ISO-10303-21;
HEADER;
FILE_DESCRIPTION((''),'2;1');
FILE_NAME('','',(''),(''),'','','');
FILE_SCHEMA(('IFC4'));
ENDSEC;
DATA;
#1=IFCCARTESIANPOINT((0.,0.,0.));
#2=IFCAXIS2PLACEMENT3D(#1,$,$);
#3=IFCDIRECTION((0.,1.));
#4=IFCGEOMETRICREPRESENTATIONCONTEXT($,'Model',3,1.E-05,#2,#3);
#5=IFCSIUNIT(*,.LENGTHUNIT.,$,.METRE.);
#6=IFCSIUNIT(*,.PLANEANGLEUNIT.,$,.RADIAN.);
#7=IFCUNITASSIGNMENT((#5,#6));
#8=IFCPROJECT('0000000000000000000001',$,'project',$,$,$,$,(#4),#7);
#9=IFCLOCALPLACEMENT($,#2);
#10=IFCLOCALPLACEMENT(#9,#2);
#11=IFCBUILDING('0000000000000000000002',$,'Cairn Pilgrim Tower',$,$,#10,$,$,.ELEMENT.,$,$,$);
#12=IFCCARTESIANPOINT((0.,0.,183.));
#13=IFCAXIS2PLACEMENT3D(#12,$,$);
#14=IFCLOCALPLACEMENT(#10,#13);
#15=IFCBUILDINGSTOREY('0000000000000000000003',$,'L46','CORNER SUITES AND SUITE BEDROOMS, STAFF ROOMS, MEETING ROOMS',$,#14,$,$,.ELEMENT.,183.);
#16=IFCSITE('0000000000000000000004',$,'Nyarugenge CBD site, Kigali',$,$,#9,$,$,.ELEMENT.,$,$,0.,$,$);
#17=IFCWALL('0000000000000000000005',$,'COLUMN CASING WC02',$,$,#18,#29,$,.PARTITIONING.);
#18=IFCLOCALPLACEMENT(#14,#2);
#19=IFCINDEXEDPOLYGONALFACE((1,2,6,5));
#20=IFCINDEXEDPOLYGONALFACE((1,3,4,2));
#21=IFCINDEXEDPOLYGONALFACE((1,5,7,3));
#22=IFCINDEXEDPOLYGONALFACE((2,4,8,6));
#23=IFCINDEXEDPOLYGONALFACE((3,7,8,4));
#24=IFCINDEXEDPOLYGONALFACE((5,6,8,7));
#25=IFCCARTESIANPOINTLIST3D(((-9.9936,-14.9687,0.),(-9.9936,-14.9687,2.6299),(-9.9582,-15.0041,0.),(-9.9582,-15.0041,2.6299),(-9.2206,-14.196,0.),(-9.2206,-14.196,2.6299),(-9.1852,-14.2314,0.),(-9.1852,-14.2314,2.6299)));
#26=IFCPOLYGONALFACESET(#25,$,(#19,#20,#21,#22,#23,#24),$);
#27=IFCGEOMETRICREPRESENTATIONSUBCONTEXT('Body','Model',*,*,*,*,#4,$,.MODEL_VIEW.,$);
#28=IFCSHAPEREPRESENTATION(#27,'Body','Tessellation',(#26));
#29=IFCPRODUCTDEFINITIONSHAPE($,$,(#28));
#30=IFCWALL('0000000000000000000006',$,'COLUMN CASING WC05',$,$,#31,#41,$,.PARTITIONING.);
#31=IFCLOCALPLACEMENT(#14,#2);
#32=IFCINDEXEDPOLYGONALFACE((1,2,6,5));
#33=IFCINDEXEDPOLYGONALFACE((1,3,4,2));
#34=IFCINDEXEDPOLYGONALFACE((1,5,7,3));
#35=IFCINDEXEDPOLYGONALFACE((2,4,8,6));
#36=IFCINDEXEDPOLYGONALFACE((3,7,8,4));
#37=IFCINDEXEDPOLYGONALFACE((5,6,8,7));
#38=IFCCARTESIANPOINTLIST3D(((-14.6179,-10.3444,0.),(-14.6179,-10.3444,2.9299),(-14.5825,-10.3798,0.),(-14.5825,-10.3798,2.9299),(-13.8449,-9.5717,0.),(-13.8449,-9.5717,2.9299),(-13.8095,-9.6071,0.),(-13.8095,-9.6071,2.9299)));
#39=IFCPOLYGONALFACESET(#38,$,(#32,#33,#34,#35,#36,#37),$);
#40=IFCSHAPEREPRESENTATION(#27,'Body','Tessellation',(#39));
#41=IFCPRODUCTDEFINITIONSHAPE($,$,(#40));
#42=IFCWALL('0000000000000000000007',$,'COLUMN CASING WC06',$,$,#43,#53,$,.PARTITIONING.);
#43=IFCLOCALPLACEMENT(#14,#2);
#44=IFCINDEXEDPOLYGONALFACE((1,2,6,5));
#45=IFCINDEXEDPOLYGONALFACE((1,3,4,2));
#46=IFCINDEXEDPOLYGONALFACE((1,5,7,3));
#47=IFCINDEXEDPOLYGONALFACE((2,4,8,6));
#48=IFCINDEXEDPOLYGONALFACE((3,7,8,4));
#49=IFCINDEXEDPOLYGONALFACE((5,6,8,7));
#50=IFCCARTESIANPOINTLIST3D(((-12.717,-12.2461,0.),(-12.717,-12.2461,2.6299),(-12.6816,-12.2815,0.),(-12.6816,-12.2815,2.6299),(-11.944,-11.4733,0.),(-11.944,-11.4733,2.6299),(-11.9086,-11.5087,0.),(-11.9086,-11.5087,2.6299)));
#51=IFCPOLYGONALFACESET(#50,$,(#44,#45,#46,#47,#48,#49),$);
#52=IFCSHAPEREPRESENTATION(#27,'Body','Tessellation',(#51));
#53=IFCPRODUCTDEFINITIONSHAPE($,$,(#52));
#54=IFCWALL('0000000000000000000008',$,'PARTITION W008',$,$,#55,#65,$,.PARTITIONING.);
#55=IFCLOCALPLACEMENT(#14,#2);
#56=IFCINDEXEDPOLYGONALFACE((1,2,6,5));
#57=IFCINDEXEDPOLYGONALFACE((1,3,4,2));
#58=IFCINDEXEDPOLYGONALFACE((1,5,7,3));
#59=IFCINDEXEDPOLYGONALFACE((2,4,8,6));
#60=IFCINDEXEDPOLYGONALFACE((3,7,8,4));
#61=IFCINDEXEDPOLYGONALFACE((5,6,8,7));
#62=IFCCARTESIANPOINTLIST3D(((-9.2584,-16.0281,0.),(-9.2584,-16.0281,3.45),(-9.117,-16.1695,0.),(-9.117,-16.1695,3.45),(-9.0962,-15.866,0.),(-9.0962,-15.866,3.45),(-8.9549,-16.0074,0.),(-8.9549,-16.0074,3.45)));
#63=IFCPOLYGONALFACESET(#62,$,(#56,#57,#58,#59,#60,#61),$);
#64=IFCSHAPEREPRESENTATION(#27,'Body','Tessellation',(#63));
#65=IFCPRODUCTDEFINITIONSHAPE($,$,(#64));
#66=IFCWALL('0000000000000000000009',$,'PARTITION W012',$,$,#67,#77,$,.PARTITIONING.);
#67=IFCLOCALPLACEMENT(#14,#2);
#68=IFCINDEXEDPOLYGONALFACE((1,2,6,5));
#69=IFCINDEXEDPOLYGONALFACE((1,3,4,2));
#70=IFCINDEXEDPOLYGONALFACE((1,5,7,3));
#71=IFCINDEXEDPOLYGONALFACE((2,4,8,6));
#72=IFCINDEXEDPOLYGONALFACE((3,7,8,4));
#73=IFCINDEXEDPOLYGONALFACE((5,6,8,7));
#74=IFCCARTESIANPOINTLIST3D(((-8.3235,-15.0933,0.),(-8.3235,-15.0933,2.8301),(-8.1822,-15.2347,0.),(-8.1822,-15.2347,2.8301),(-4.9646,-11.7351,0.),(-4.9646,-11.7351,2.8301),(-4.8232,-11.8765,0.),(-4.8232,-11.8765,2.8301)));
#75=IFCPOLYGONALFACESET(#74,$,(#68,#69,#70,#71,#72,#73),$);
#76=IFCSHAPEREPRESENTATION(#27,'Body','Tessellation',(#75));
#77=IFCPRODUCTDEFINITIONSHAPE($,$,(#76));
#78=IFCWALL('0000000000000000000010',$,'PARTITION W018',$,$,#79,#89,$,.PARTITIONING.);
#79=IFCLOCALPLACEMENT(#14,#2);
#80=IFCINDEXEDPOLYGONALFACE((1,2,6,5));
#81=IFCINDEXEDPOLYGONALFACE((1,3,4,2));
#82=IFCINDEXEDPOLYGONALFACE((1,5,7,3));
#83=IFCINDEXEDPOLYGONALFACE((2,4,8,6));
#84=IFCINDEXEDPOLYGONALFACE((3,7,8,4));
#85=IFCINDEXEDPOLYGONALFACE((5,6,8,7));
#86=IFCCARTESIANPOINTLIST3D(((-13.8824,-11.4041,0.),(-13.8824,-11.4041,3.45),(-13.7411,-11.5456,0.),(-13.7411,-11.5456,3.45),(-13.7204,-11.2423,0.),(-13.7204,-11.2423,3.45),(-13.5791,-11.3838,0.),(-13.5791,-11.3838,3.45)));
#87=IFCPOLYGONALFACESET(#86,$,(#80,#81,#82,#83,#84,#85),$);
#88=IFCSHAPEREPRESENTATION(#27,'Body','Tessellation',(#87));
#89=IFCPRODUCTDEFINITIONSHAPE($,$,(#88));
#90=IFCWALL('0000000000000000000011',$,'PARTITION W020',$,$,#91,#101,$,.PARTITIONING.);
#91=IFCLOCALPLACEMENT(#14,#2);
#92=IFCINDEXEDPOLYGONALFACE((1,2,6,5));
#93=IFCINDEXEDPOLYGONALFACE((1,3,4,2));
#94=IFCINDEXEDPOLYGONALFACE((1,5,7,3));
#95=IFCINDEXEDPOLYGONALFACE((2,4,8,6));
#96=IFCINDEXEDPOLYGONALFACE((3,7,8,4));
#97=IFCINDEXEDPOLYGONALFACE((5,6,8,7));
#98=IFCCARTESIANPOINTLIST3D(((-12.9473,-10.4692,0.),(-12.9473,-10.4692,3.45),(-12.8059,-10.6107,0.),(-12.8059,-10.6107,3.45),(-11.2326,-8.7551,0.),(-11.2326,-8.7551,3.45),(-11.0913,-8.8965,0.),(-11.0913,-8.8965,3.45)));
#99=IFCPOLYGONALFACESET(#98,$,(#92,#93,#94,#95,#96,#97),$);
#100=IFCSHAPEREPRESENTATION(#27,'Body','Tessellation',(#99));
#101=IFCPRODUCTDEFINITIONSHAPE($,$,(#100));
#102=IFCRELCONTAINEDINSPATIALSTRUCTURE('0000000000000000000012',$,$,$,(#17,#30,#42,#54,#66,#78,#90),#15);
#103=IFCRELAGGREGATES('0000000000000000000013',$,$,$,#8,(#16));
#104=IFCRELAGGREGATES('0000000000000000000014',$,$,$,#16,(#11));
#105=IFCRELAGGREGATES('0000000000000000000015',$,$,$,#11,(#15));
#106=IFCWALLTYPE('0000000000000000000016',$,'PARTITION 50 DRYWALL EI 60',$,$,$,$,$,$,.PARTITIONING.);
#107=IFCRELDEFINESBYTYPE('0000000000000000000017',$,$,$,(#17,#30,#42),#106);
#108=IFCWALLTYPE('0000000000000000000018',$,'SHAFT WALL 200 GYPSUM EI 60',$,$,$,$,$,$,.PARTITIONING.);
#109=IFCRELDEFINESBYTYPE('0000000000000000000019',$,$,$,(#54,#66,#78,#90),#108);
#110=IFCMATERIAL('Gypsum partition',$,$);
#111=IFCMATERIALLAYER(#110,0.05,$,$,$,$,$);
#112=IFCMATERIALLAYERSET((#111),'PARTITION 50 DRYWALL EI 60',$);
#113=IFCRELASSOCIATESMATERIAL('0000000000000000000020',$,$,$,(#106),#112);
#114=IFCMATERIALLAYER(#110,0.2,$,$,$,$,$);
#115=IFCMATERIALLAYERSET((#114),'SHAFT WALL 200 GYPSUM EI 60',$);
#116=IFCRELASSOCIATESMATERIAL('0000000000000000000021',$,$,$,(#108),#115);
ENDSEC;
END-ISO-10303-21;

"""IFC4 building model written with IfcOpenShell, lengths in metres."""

from ifc_helpers import new_model, si_unit, direction, frame, frame_2d, origin, place, context, subcontext, project, spatial, rectangle, extrude, material, layer, layer_set, type_object, element, save


model = new_model("IFC4")

# Units and contexts
model_context = context("Model", 3, precision=1e-05, world=origin(), true_north=direction((0.0, 1.0)))
body_context = subcontext(model_context, "Body", "Model", "MODEL_VIEW")
ifc_project = project(units=[si_unit("LENGTHUNIT", "METRE"), si_unit("PLANEANGLEUNIT", "RADIAN")], contexts=[model_context])

# Site, building, storey
site_placement = place(None, origin())
site = spatial("IfcSite", under=ifc_project, at=site_placement, Name="Nyarugenge CBD site, Kigali", CompositionType="ELEMENT", RefElevation=0.0)
building_placement = place(site_placement, origin())
building = spatial("IfcBuilding", under=site, at=building_placement, Name="Cairn Pilgrim Tower", CompositionType="ELEMENT")
storey_placement = place(building_placement, frame((0.0, 0.0, 183.0)))
storey = spatial("IfcBuildingStorey", under=building, at=storey_placement, Name="L46", Description="CORNER SUITES AND SUITE BEDROOMS, STAFF ROOMS, MEETING ROOMS", CompositionType="ELEMENT", Elevation=183.0)

# Walls
ifc_material_1 = material(Name="Gypsum partition")
ifc_layer_1 = layer(ifc_material_1, 0.05)
ifc_layer_set_1 = layer_set([ifc_layer_1], Name="PARTITION 50 DRYWALL EI 60")
wall_type_1 = type_object("IfcWallType", Name="PARTITION 50 DRYWALL EI 60", PredefinedType="PARTITIONING", material=ifc_layer_set_1)
wall_1_placement = place(storey_placement, frame((-9.9758, -14.9863, 0.0), z_axis=(0.0, 0.0, 1.0), x_axis=(0.707218, 0.706995, 0.0)))
element("IfcWall", 1, at=wall_1_placement, inside=storey, type_object=wall_type_1, Name="COLUMN CASING WC02", PredefinedType="PARTITIONING", context=body_context, shape_type="SweptSolid", body=[
    extrude(rectangle(XDim=1.093, YDim=0.05, at=frame_2d((0.5464, 0.0))), origin(), (0.0, 0.0, 1.0), 2.6299),
])
wall_2_placement = place(storey_placement, frame((-14.6001, -10.3621, 0.0), z_axis=(0.0, 0.0, 1.0), x_axis=(0.707218, 0.706995, 0.0)))
element("IfcWall", 2, at=wall_2_placement, inside=storey, type_object=wall_type_1, Name="COLUMN CASING WC05", PredefinedType="PARTITIONING", context=body_context, shape_type="SweptSolid", body=[
    extrude(rectangle(XDim=1.093, YDim=0.05, at=frame_2d((0.5464, 0.0))), origin(), (0.0, 0.0, 1.0), 2.9299),
])
wall_3_placement = place(storey_placement, frame((-12.6992, -12.2637, 0.0), z_axis=(0.0, 0.0, 1.0), x_axis=(0.707218, 0.706995, 0.0)))
element("IfcWall", 3, at=wall_3_placement, inside=storey, type_object=wall_type_1, Name="COLUMN CASING WC06", PredefinedType="PARTITIONING", context=body_context, shape_type="SweptSolid", body=[
    extrude(rectangle(XDim=1.093, YDim=0.05, at=frame_2d((0.5464, 0.0))), origin(), (0.0, 0.0, 1.0), 2.6299),
])
ifc_layer_2 = layer(ifc_material_1, 0.2)
ifc_layer_set_2 = layer_set([ifc_layer_2], Name="SHAFT WALL 200 GYPSUM EI 60")
wall_type_2 = type_object("IfcWallType", Name="SHAFT WALL 200 GYPSUM EI 60", PredefinedType="PARTITIONING", material=ifc_layer_set_2)
wall_4_placement = place(storey_placement, frame((-9.1877, -16.0989, 0.0), z_axis=(0.0, 0.0, 1.0), x_axis=(0.707107, 0.707107, 0.0)))
element("IfcWall", 4, at=wall_4_placement, inside=storey, type_object=wall_type_2, Name="PARTITION W008", PredefinedType="PARTITIONING", context=body_context, shape_type="SweptSolid", body=[
    extrude(rectangle(XDim=0.2292, YDim=0.2, at=frame_2d((0.1147, 0.0))), origin(), (0.0, 0.0, 1.0), 3.45),
])
wall_5_placement = place(storey_placement, frame((-8.2529, -15.1641, 0.0), z_axis=(0.0, 0.0, 1.0), x_axis=(0.707184, 0.70703, 0.0)))
element("IfcWall", 5, at=wall_5_placement, inside=storey, type_object=wall_type_2, Name="PARTITION W012", PredefinedType="PARTITIONING", context=body_context, shape_type="SweptSolid", body=[
    extrude(rectangle(XDim=4.7498, YDim=0.2, at=frame_2d((2.375, 0.0))), origin(), (0.0, 0.0, 1.0), 2.8301),
])
wall_6_placement = place(storey_placement, frame((-13.8118, -11.4749, 0.0), z_axis=(0.0, 0.0, 1.0), x_axis=(0.707639, 0.706574, 0.0)))
element("IfcWall", 6, at=wall_6_placement, inside=storey, type_object=wall_type_2, Name="PARTITION W018", PredefinedType="PARTITIONING", context=body_context, shape_type="SweptSolid", body=[
    extrude(rectangle(XDim=0.229, YDim=0.2, at=frame_2d((0.1145, 0.0))), origin(), (0.0, 0.0, 1.0), 3.45),
])
wall_7_placement = place(storey_placement, frame((-12.8767, -10.54, 0.0), z_axis=(0.0, 0.0, 1.0), x_axis=(0.707207, 0.707006, 0.0)))
element("IfcWall", 7, at=wall_7_placement, inside=storey, type_object=wall_type_2, Name="PARTITION W020", PredefinedType="PARTITIONING", context=body_context, shape_type="SweptSolid", body=[
    extrude(rectangle(XDim=2.4246, YDim=0.2, at=frame_2d((1.2124, 0.0))), origin(), (0.0, 0.0, 1.0), 3.45),
])

save(model, "model.ifc")
